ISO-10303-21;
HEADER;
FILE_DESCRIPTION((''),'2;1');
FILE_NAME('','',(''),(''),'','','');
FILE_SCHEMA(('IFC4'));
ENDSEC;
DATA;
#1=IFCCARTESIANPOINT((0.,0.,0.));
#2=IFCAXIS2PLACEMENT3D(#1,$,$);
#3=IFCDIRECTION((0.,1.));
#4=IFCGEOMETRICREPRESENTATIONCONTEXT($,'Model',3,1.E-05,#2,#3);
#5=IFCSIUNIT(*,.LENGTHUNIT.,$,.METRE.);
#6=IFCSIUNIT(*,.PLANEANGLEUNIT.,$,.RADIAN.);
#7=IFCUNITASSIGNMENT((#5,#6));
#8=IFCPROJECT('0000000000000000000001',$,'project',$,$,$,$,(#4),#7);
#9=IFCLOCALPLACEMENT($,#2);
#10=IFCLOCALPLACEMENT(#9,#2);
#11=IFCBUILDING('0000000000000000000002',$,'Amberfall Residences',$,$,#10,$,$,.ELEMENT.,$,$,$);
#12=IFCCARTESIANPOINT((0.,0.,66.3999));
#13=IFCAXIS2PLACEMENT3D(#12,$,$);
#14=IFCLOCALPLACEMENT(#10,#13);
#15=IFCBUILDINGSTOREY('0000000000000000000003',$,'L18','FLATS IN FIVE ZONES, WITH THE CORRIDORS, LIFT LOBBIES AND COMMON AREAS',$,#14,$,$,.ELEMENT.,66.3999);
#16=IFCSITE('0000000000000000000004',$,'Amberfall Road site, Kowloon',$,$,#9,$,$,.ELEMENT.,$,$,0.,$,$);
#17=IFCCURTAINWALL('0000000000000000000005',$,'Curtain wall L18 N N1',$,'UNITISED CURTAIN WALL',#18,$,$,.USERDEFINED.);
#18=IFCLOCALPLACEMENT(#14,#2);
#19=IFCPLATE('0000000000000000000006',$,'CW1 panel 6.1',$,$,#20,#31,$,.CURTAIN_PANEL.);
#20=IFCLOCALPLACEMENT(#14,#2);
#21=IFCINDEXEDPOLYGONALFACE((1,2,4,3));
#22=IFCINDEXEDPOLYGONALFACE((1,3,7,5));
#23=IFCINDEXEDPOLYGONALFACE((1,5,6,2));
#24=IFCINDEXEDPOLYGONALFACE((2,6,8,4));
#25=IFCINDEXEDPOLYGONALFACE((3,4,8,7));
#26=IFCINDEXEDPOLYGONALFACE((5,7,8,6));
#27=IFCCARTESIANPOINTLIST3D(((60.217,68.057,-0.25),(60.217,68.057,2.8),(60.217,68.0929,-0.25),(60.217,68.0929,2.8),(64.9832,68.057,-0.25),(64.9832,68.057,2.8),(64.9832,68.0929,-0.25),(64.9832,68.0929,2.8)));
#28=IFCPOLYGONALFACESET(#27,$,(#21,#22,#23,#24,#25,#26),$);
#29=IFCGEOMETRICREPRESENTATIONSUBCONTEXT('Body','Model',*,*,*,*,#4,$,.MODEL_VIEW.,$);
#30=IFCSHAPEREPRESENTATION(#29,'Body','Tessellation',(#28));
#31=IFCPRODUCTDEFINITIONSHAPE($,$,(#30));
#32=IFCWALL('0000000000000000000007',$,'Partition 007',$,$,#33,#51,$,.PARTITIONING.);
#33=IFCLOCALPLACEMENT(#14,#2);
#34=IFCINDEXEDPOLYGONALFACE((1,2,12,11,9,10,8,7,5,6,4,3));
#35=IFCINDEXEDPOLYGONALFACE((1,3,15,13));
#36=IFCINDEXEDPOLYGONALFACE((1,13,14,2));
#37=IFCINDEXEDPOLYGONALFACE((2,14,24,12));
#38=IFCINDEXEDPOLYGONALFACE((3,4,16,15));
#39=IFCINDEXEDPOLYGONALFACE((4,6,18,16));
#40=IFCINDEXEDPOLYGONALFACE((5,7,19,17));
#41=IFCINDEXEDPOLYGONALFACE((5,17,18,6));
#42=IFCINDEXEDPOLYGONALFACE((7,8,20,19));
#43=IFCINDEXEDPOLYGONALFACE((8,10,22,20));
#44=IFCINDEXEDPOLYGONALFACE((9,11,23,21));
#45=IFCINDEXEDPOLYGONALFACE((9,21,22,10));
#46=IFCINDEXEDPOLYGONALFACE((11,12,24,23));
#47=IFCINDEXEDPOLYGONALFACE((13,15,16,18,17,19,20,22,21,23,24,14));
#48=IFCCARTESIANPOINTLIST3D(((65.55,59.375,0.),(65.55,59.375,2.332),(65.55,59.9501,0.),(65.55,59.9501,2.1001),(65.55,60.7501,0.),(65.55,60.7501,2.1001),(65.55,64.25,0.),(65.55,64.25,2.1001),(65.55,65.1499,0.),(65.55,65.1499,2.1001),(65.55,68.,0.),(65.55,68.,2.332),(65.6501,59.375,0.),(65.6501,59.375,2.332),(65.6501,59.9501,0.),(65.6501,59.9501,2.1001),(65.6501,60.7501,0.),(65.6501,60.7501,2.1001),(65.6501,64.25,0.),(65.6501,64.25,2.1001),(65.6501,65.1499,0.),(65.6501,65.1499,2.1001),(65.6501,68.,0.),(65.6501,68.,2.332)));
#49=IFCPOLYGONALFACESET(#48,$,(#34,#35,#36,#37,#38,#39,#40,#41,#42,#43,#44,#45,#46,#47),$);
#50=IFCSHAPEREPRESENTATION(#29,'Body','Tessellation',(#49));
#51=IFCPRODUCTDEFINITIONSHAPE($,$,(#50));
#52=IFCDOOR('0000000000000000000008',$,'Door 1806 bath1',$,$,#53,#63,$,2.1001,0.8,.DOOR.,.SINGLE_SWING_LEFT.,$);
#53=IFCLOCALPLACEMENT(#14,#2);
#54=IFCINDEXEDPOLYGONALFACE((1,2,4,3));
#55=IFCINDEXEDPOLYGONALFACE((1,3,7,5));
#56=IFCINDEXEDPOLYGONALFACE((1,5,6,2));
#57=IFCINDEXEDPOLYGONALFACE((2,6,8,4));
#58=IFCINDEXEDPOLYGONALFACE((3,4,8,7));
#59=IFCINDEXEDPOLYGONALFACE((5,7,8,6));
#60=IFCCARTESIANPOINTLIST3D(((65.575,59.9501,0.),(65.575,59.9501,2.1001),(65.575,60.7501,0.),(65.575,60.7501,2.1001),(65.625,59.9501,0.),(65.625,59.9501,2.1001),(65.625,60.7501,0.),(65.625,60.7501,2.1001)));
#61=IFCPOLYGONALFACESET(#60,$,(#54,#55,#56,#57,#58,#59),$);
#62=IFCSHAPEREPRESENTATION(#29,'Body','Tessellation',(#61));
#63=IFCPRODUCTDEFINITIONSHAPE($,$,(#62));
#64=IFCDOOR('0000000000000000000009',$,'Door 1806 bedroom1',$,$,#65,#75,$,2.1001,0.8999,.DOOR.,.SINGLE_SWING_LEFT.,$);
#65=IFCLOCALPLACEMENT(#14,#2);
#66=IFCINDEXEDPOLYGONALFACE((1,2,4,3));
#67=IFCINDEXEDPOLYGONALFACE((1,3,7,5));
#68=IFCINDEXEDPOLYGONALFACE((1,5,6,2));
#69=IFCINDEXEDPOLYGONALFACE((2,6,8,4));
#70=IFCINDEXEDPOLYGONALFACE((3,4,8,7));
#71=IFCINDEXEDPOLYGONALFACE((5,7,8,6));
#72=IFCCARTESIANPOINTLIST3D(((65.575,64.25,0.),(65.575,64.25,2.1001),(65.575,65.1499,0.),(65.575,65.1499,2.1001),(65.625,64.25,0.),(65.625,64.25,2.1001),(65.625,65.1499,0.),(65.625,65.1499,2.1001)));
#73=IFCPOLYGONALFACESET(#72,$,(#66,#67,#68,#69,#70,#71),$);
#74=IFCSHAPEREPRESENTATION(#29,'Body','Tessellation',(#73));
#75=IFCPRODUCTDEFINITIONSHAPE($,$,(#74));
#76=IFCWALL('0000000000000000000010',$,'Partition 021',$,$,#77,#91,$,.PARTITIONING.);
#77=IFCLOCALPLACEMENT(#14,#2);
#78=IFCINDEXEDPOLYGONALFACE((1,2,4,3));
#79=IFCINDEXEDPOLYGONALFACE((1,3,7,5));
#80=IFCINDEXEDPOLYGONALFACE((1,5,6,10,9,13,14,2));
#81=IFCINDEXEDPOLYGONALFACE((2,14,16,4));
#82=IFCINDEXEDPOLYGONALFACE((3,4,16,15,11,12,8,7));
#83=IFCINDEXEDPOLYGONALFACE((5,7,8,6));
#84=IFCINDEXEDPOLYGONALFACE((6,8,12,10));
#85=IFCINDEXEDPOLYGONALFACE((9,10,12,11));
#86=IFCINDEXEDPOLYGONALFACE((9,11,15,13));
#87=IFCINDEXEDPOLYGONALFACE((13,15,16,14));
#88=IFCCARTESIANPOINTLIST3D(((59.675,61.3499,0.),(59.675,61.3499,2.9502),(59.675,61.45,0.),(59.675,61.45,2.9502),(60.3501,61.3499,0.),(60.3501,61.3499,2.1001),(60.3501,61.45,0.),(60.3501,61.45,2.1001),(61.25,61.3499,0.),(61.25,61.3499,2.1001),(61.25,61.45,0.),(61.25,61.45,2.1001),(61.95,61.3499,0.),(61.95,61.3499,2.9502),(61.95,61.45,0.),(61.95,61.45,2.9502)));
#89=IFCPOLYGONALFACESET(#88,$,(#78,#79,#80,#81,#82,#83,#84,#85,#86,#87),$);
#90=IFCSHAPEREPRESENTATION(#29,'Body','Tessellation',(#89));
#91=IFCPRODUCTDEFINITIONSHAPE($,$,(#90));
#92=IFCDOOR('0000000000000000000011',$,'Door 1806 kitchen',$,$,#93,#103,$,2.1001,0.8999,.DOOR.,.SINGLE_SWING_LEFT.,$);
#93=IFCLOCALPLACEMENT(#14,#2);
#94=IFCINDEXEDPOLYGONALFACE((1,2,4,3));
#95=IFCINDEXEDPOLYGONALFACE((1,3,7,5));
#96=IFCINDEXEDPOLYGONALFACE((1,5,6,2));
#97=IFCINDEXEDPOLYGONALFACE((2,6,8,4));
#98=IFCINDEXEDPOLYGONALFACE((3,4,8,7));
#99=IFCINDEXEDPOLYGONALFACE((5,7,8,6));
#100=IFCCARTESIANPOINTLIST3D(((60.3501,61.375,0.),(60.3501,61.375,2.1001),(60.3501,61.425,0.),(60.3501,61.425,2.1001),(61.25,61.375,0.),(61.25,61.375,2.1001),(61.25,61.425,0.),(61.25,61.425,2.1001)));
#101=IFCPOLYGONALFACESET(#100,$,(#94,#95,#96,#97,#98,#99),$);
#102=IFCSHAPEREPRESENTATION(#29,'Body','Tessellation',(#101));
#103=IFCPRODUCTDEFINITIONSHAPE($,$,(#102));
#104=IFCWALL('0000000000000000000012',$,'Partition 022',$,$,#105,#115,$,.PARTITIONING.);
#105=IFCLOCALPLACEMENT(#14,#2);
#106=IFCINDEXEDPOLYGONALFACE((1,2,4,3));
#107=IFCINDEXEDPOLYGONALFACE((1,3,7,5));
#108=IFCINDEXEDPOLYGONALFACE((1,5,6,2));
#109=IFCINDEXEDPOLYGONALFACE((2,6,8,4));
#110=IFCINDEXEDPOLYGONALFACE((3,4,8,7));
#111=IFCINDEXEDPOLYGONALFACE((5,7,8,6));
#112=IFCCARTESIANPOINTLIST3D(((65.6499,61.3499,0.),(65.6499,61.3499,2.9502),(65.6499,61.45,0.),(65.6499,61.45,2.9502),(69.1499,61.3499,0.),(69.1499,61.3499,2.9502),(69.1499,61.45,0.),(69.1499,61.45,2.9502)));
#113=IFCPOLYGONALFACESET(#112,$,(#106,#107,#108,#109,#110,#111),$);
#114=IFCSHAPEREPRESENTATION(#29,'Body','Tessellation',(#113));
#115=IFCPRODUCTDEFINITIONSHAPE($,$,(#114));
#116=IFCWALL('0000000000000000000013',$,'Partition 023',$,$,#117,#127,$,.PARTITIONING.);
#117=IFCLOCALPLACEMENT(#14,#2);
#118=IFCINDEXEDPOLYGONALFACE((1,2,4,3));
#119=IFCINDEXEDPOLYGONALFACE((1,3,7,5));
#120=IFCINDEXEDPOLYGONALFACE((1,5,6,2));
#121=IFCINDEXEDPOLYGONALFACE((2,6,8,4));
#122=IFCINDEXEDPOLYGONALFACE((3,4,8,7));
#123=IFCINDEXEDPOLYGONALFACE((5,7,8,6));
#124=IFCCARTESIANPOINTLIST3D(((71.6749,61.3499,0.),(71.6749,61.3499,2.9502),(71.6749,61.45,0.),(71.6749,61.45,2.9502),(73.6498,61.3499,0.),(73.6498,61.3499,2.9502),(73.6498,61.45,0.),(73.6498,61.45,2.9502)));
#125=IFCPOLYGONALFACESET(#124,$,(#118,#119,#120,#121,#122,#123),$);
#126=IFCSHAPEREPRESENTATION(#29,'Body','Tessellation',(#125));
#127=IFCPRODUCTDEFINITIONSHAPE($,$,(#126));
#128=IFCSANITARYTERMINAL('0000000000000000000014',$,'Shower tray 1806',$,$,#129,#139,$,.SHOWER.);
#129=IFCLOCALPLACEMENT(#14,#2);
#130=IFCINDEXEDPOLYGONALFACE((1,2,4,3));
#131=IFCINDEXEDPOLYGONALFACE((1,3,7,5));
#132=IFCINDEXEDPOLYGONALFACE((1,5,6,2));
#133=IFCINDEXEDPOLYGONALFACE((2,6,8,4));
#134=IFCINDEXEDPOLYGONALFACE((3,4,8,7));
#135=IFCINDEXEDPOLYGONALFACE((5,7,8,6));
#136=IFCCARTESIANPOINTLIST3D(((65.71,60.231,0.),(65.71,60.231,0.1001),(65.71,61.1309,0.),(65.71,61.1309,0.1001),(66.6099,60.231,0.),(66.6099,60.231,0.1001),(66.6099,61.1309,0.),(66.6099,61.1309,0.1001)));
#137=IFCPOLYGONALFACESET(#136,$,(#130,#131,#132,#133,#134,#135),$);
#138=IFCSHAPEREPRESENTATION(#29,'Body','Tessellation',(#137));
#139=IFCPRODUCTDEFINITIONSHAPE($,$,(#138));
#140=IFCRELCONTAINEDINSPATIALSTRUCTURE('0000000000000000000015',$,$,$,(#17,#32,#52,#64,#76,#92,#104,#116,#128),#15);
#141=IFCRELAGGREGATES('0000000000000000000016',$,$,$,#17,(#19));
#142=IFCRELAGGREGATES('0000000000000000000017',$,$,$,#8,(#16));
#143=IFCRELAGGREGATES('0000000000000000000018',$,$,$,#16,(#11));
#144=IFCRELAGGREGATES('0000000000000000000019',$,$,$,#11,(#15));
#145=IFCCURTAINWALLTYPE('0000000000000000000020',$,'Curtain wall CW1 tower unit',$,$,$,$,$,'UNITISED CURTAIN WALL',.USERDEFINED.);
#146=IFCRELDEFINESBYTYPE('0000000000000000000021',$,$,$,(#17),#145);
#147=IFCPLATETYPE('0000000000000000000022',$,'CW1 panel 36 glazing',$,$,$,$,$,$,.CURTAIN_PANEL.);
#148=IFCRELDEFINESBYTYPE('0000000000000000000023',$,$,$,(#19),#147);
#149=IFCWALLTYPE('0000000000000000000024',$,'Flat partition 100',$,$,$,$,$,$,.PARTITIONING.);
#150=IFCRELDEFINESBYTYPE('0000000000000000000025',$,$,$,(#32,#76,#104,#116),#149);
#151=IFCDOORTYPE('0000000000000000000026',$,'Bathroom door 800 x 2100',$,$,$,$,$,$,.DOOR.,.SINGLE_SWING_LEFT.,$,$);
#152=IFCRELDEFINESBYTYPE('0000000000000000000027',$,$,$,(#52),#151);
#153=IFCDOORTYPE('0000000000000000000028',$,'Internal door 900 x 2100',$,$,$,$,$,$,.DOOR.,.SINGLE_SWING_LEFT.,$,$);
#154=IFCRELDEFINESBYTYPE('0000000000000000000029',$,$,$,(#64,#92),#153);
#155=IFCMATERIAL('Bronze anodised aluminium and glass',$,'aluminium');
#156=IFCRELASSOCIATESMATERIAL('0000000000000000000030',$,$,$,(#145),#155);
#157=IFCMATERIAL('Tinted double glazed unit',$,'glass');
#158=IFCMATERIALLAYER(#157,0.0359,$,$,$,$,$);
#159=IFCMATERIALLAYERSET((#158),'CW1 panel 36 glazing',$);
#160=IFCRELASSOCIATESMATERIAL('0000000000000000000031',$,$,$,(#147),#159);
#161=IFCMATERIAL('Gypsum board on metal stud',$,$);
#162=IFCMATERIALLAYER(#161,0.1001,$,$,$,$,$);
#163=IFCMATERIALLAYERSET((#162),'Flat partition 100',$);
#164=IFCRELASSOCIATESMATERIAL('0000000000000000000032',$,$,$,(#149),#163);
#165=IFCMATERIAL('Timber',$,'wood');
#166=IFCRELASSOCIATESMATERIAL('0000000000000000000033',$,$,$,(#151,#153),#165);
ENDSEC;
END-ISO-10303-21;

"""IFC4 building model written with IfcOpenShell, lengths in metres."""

from ifc_helpers import new_model, si_unit, direction, frame, frame_2d, origin, origin_2d, place, context, subcontext, project, spatial, rectangle, extrude, material, layer, layer_set, type_object, element, fill, aggregate, save


model = new_model("IFC4")

# Units and contexts
model_context = context("Model", 3, precision=1e-05, world=origin(), true_north=direction((0.0, 1.0)))
body_context = subcontext(model_context, "Body", "Model", "MODEL_VIEW")
ifc_project = project(units=[si_unit("LENGTHUNIT", "METRE"), si_unit("PLANEANGLEUNIT", "RADIAN")], contexts=[model_context])

# Site, building, storey
site_placement = place(None, origin())
site = spatial("IfcSite", under=ifc_project, at=site_placement, Name="Amberfall Road site, Kowloon", CompositionType="ELEMENT", RefElevation=0.0)
building_placement = place(site_placement, origin())
building = spatial("IfcBuilding", under=site, at=building_placement, Name="Amberfall Residences", CompositionType="ELEMENT")
storey_placement = place(building_placement, frame((0.0, 0.0, 66.3999)))
storey = spatial("IfcBuildingStorey", under=building, at=storey_placement, Name="L18", Description="FLATS IN FIVE ZONES, WITH THE CORRIDORS, LIFT LOBBIES AND COMMON AREAS", CompositionType="ELEMENT", Elevation=66.3999)

# Curtain wall
ifc_material_1 = material(Name="Bronze anodised aluminium and glass", Category="aluminium")
curtain_wall_type = type_object("IfcCurtainWallType", Name="Curtain wall CW1 tower unit", ElementType="UNITISED CURTAIN WALL", PredefinedType="USERDEFINED", material=ifc_material_1)
curtain_wall_placement = place(storey_placement, origin())
curtain_wall = element("IfcCurtainWall", 1, at=curtain_wall_placement, inside=storey, type_object=curtain_wall_type, Name="Curtain wall L18 N N1", ObjectType="UNITISED CURTAIN WALL", PredefinedType="USERDEFINED")

# Plate
ifc_material_2 = material(Name="Tinted double glazed unit", Category="glass")
ifc_layer_1 = layer(ifc_material_2, 0.0359)
ifc_layer_set_1 = layer_set([ifc_layer_1], Name="CW1 panel 36 glazing")
plate_type = type_object("IfcPlateType", Name="CW1 panel 36 glazing", PredefinedType="CURTAIN_PANEL", material=ifc_layer_set_1)
plate_1_placement = place(storey_placement, frame((62.6001, 68.075, -0.25), z_axis=(0.0, 0.0, 1.0), x_axis=(-1.0, 0.0, 0.0)))
plate_1 = element("IfcPlate", 2, at=plate_1_placement, type_object=plate_type, Name="CW1 panel 6.1", PredefinedType="CURTAIN_PANEL", context=body_context, shape_type="SweptSolid", body=[
    extrude(rectangle(XDim=4.7661, YDim=0.0359, at=origin_2d()), origin(), (0.0, 0.0, 1.0), 3.05),
])
aggregate(curtain_wall, [plate_1])

# Wall, openings, doors
ifc_material_3 = material(Name="Gypsum board on metal stud")
ifc_layer_2 = layer(ifc_material_3, 0.1001)
ifc_layer_set_2 = layer_set([ifc_layer_2], Name="Flat partition 100")
wall_type = type_object("IfcWallType", Name="Flat partition 100", PredefinedType="PARTITIONING", material=ifc_layer_set_2)
wall_1_placement = place(storey_placement, frame((65.6001, 68.0, 0.0), z_axis=(0.0, 0.0, 1.0), x_axis=(0.0, -1.0, 0.0)))
wall_1 = element("IfcWall", 3, at=wall_1_placement, inside=storey, type_object=wall_type, Name="Partition 007", PredefinedType="PARTITIONING", context=body_context, shape_type="SweptSolid", body=[
    extrude(rectangle(XDim=8.625, YDim=0.1001, at=frame_2d((4.3125, 0.0))), origin(), (0.0, 0.0, 1.0), 2.332),
])
opening_1_placement = place(wall_1_placement, frame((2.8501, 0.0, 0.0)))
opening_1 = element("IfcOpeningElement", 4, at=opening_1_placement, cuts=wall_1, PredefinedType="OPENING", context=body_context, shape_type="SweptSolid", body=[
    extrude(rectangle(XDim=0.8999, YDim=2.1001, at=frame_2d((0.45, 1.05))), frame((0.0, 0.0601, 0.0), z_axis=(0.0, -1.0, 0.0), x_axis=(1.0, 0.0, 0.0)), (0.0, 0.0, 1.0), 0.1201),
])
opening_2_placement = place(wall_1_placement, frame((7.25, 0.0, 0.0)))
opening_2 = element("IfcOpeningElement", 5, at=opening_2_placement, cuts=wall_1, PredefinedType="OPENING", context=body_context, shape_type="SweptSolid", body=[
    extrude(rectangle(XDim=0.8, YDim=2.1001, at=frame_2d((0.3999, 1.05))), frame((0.0, 0.0601, 0.0), z_axis=(0.0, -1.0, 0.0), x_axis=(1.0, 0.0, 0.0)), (0.0, 0.0, 1.0), 0.1201),
])
ifc_material_4 = material(Name="Timber", Category="wood")
door_type_1 = type_object("IfcDoorType", Name="Bathroom door 800 x 2100", OperationType="SINGLE_SWING_LEFT", PredefinedType="DOOR", material=ifc_material_4)
door_1_placement = place(opening_2_placement, origin())
door_1 = element("IfcDoor", 6, at=door_1_placement, inside=storey, type_object=door_type_1, Name="Door 1806 bath1", OperationType="SINGLE_SWING_LEFT", OverallHeight=2.1001, OverallWidth=0.8, PredefinedType="DOOR", context=body_context, shape_type="SweptSolid", body=[
    extrude(rectangle(XDim=0.8, YDim=2.1001, at=frame_2d((0.3999, 1.05))), frame((0.0, 0.0249, 0.0), z_axis=(0.0, -1.0, 0.0), x_axis=(1.0, 0.0, 0.0)), (0.0, 0.0, 1.0), 0.05),
])
fill(opening_2, door_1)
door_type_2 = type_object("IfcDoorType", Name="Internal door 900 x 2100", OperationType="SINGLE_SWING_LEFT", PredefinedType="DOOR", material=ifc_material_4)
door_2_placement = place(opening_1_placement, origin())
door_2 = element("IfcDoor", 7, at=door_2_placement, inside=storey, type_object=door_type_2, Name="Door 1806 bedroom1", OperationType="SINGLE_SWING_LEFT", OverallHeight=2.1001, OverallWidth=0.8999, PredefinedType="DOOR", context=body_context, shape_type="SweptSolid", body=[
    extrude(rectangle(XDim=0.8999, YDim=2.1001, at=frame_2d((0.45, 1.05))), frame((0.0, 0.0249, 0.0), z_axis=(0.0, -1.0, 0.0), x_axis=(1.0, 0.0, 0.0)), (0.0, 0.0, 1.0), 0.05),
])
fill(opening_1, door_2)

# Wall, opening, door
wall_2_placement = place(storey_placement, frame((61.95, 61.3999, 0.0), z_axis=(0.0, 0.0, 1.0), x_axis=(-1.0, 0.0, 0.0)))
wall_2 = element("IfcWall", 8, at=wall_2_placement, inside=storey, type_object=wall_type, Name="Partition 021", PredefinedType="PARTITIONING", context=body_context, shape_type="SweptSolid", body=[
    extrude(rectangle(XDim=2.2749, YDim=0.1001, at=frame_2d((1.1375, 0.0))), origin(), (0.0, 0.0, 1.0), 2.9502),
])
opening_3_placement = place(wall_2_placement, frame((0.7, 0.0, 0.0)))
opening_3 = element("IfcOpeningElement", 9, at=opening_3_placement, cuts=wall_2, PredefinedType="OPENING", context=body_context, shape_type="SweptSolid", body=[
    extrude(rectangle(XDim=0.8999, YDim=2.1001, at=frame_2d((0.45, 1.05))), frame((0.0, 0.0601, 0.0), z_axis=(0.0, -1.0, 0.0), x_axis=(1.0, 0.0, 0.0)), (0.0, 0.0, 1.0), 0.1201),
])
door_3_placement = place(opening_3_placement, origin())
door_3 = element("IfcDoor", 10, at=door_3_placement, inside=storey, type_object=door_type_2, Name="Door 1806 kitchen", OperationType="SINGLE_SWING_LEFT", OverallHeight=2.1001, OverallWidth=0.8999, PredefinedType="DOOR", context=body_context, shape_type="SweptSolid", body=[
    extrude(rectangle(XDim=0.8999, YDim=2.1001, at=frame_2d((0.45, 1.05))), frame((0.0, 0.0249, 0.0), z_axis=(0.0, -1.0, 0.0), x_axis=(1.0, 0.0, 0.0)), (0.0, 0.0, 1.0), 0.05),
])
fill(opening_3, door_3)

# Walls
wall_3_placement = place(storey_placement, frame((65.6499, 61.3999, 0.0), z_axis=(0.0, 0.0, 1.0), x_axis=(1.0, 0.0, 0.0)))
element("IfcWall", 11, at=wall_3_placement, inside=storey, type_object=wall_type, Name="Partition 022", PredefinedType="PARTITIONING", context=body_context, shape_type="SweptSolid", body=[
    extrude(rectangle(XDim=3.5, YDim=0.1001, at=frame_2d((1.75, 0.0))), origin(), (0.0, 0.0, 1.0), 2.9502),
])
wall_4_placement = place(storey_placement, frame((71.675, 61.3999, 0.0), z_axis=(0.0, 0.0, 1.0), x_axis=(1.0, 0.0, 0.0)))
element("IfcWall", 12, at=wall_4_placement, inside=storey, type_object=wall_type, Name="Partition 023", PredefinedType="PARTITIONING", context=body_context, shape_type="SweptSolid", body=[
    extrude(rectangle(XDim=1.9749, YDim=0.1001, at=frame_2d((0.9873, 0.0))), origin(), (0.0, 0.0, 1.0), 2.9502),
])

# Sanitary terminal
sanitary_terminal_placement = place(storey_placement, frame((66.1599, 60.6809, 0.0), z_axis=(0.0, 0.0, 1.0), x_axis=(1.0, 0.0, 0.0)))
element("IfcSanitaryTerminal", 13, at=sanitary_terminal_placement, inside=storey, Name="Shower tray 1806", PredefinedType="SHOWER", context=body_context, shape_type="SweptSolid", body=[
    extrude(rectangle(XDim=0.8999, YDim=0.8999, at=origin_2d()), origin(), (0.0, 0.0, 1.0), 0.1001),
])

save(model, "model.ifc")
